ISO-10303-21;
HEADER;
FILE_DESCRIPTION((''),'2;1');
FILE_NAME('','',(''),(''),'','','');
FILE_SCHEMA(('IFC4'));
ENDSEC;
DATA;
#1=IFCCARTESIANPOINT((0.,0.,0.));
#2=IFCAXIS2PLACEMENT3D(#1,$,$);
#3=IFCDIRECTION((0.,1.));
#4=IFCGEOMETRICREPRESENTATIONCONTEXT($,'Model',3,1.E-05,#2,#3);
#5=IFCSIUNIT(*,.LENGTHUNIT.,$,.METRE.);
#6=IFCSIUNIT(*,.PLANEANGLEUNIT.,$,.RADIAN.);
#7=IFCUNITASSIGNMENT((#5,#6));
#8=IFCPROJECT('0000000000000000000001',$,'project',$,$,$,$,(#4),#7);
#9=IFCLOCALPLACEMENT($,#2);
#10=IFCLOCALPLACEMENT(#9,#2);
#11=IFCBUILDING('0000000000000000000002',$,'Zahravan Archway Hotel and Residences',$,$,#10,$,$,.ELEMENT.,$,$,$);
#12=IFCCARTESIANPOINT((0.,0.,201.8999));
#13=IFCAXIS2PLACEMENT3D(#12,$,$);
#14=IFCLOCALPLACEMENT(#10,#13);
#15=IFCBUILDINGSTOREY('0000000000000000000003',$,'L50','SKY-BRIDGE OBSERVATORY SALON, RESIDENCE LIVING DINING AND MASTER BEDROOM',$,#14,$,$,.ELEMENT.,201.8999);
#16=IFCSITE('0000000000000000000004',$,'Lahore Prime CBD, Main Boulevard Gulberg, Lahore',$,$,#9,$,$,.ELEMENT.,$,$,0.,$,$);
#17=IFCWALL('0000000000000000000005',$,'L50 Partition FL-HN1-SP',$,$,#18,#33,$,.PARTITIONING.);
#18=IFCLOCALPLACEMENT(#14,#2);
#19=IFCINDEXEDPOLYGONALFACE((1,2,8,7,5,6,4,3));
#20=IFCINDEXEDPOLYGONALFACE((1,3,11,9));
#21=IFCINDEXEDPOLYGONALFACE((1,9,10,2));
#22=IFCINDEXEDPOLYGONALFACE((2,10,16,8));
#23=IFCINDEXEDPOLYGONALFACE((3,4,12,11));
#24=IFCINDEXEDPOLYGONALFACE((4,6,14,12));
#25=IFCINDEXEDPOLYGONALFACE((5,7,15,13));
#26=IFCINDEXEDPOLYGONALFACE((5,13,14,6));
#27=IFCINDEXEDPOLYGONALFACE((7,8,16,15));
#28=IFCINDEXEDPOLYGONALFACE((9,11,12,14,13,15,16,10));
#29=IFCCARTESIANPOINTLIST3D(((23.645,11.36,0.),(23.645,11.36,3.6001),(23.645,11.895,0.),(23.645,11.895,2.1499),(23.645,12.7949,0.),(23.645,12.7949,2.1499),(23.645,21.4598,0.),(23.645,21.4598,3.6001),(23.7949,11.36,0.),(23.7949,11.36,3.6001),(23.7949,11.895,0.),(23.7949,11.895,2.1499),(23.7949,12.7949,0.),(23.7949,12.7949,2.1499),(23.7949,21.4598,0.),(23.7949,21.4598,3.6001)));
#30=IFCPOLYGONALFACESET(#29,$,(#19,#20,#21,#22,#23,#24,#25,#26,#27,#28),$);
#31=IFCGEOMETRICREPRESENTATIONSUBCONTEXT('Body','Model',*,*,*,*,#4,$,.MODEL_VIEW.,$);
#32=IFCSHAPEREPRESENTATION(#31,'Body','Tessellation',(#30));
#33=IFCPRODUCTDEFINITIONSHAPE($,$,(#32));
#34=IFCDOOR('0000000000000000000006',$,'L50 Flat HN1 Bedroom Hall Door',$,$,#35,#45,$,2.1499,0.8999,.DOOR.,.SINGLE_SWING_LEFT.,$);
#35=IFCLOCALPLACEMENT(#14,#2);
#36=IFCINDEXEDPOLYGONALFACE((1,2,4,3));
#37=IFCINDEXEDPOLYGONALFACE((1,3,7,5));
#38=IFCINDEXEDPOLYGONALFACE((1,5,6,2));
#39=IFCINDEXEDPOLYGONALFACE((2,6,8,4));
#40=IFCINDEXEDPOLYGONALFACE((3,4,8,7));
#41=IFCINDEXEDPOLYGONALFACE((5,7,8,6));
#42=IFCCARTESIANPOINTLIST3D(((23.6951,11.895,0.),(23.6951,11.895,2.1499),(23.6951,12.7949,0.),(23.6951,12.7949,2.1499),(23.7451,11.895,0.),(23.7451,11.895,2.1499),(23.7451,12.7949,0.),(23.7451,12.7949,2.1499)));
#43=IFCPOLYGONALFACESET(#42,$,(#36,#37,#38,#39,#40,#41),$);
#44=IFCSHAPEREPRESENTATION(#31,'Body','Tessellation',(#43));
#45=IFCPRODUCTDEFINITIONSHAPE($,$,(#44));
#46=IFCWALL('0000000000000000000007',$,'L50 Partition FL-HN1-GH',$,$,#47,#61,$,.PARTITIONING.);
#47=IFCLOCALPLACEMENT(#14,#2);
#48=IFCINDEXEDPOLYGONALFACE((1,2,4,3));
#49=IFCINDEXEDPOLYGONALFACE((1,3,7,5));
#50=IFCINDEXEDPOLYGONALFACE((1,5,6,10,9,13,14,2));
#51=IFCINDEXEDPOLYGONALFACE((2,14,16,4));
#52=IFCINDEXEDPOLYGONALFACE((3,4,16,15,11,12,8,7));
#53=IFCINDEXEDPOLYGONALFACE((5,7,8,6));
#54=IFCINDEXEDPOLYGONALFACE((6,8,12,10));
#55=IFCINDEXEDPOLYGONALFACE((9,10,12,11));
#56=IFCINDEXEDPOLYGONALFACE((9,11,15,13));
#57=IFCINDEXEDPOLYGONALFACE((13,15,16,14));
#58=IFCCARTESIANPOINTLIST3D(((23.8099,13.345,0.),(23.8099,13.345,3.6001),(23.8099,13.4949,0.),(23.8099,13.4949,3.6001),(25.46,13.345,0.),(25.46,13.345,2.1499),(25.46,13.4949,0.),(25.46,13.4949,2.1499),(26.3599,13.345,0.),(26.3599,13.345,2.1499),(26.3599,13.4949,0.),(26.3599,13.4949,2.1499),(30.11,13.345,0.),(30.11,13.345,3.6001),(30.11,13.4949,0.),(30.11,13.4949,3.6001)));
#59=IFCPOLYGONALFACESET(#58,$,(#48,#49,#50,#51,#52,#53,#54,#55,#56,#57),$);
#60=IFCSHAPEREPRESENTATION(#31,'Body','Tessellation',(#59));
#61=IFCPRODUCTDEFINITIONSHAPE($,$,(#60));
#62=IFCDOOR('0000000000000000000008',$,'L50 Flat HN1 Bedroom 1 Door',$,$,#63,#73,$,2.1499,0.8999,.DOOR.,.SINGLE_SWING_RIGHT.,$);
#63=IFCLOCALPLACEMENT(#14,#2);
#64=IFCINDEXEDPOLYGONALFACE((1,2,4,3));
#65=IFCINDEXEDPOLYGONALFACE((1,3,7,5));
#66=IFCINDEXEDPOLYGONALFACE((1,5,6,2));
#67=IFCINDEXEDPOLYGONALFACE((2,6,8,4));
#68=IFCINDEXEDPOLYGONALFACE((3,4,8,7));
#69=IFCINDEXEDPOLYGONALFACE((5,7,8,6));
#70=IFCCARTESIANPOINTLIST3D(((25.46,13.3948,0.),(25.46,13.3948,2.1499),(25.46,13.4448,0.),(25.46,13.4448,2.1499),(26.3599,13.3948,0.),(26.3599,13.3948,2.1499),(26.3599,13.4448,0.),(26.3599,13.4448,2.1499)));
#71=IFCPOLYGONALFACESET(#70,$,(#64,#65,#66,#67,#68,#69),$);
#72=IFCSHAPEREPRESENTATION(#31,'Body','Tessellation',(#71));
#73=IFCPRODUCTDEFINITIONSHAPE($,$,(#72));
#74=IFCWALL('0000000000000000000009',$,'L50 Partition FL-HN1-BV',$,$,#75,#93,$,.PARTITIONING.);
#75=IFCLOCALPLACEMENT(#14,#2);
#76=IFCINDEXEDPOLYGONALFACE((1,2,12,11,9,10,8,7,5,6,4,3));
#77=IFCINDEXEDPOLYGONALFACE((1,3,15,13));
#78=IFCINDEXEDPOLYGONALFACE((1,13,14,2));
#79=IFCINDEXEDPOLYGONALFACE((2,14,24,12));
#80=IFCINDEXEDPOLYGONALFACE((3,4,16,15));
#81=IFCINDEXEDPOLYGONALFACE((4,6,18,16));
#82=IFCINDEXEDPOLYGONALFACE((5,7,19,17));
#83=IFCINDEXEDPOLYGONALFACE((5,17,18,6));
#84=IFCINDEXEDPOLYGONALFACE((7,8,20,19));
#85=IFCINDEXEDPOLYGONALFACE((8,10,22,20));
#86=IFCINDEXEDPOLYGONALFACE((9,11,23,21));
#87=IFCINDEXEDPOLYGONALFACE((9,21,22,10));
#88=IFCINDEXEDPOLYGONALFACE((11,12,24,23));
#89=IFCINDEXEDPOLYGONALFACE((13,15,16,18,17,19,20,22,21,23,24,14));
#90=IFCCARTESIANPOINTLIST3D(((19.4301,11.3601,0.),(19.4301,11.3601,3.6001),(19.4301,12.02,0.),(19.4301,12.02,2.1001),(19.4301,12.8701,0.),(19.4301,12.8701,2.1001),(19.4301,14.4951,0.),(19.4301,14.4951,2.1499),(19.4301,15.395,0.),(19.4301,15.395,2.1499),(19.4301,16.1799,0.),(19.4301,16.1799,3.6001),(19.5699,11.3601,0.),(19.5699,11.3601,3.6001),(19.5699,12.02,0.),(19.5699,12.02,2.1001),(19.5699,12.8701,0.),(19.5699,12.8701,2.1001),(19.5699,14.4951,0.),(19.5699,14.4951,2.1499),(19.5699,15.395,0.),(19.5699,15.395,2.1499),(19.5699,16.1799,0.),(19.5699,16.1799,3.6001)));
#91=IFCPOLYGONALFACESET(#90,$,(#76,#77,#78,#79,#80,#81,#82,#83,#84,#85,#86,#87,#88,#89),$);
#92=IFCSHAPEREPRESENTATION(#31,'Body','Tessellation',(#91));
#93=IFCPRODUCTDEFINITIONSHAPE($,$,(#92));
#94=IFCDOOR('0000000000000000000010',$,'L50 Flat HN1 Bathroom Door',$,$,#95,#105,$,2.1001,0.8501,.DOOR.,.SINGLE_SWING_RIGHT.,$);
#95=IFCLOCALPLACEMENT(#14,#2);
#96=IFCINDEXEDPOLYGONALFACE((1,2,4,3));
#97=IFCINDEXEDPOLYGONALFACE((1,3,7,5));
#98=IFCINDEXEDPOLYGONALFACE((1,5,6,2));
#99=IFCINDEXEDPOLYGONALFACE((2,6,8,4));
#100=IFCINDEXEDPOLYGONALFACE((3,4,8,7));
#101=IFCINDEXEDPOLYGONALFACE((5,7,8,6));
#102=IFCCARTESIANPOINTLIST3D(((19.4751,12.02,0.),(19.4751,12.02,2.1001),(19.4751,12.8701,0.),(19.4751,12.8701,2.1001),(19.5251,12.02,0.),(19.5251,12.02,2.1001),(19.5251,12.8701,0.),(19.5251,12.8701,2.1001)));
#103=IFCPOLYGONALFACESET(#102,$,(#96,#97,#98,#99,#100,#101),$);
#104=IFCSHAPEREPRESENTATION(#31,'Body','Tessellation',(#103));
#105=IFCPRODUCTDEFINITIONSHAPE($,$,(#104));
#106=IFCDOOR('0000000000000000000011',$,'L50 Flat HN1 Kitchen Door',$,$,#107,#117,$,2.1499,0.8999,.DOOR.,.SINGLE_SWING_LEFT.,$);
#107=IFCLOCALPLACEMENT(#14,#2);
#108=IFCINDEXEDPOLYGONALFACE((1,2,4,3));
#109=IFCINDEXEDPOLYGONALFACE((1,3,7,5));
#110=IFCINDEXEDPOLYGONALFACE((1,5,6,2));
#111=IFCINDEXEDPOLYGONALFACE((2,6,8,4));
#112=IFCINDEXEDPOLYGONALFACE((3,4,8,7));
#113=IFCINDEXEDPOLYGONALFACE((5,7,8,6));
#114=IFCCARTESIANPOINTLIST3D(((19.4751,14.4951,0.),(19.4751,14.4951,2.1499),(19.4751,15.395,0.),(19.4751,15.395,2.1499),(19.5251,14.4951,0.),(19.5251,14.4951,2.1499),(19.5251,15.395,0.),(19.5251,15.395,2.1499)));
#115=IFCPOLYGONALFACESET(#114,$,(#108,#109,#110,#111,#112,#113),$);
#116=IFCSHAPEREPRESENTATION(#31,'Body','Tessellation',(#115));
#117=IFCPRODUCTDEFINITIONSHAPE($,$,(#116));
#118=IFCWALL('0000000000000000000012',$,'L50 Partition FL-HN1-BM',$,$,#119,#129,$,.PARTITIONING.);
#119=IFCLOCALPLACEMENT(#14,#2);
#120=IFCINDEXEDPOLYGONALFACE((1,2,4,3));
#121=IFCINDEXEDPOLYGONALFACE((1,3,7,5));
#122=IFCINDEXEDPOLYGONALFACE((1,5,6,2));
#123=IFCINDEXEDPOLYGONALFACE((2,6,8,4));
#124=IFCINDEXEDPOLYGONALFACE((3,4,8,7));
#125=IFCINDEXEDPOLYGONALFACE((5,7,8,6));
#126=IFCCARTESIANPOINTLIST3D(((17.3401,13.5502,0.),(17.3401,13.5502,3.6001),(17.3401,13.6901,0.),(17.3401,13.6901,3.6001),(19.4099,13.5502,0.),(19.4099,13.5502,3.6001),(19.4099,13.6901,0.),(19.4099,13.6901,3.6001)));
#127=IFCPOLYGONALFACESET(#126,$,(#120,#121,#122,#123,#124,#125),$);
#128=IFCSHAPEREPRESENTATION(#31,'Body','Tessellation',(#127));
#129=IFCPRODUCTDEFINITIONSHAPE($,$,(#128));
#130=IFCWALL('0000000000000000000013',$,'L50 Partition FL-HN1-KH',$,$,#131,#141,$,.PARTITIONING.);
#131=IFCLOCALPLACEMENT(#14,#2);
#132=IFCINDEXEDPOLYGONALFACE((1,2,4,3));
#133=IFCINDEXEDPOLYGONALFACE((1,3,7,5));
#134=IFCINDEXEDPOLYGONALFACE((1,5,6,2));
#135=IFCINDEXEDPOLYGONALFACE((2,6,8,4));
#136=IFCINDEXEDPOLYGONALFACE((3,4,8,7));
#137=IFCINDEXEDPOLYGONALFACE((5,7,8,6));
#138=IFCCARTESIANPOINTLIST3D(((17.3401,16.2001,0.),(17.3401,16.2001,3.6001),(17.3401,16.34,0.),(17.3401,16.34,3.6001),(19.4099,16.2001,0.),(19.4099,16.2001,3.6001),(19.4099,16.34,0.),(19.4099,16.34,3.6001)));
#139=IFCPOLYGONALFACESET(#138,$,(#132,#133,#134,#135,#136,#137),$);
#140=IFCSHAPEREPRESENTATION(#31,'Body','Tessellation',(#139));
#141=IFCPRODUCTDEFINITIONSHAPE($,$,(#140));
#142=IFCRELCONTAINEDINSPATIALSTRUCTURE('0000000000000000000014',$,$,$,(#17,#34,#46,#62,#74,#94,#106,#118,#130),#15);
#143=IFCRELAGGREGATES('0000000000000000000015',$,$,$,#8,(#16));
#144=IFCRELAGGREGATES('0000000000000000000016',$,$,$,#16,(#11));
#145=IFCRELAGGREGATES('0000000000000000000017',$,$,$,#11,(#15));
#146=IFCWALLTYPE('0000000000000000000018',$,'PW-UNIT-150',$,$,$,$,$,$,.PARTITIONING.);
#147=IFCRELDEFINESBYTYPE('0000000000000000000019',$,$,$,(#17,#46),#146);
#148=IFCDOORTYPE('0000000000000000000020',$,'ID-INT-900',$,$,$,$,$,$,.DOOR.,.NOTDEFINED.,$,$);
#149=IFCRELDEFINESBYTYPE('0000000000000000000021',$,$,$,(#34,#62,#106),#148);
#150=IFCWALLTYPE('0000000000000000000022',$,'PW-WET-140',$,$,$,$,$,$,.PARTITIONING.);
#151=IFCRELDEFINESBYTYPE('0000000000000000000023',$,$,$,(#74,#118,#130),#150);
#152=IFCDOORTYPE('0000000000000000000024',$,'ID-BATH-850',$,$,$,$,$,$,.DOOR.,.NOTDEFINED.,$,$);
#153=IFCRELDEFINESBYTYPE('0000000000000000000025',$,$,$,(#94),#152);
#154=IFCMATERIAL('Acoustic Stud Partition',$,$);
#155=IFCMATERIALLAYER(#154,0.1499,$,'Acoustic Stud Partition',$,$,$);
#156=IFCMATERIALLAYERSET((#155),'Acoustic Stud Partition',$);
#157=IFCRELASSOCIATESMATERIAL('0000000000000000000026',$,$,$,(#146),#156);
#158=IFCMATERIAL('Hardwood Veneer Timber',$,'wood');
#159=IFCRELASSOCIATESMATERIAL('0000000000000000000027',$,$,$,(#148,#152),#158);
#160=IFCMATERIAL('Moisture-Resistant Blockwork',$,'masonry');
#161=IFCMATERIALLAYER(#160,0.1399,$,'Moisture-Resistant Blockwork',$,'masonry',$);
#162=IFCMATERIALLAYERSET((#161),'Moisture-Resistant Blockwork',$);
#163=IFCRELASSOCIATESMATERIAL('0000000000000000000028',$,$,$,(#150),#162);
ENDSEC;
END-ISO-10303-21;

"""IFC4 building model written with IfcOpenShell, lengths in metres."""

from ifc_helpers import new_model, si_unit, direction, frame, frame_2d, origin, place, context, subcontext, project, spatial, rectangle, extrude, source, transform, mapped, material, layer, layer_set, type_object, type_shapes, element, fill, save


model = new_model("IFC4")

# Units and contexts
model_context = context("Model", 3, precision=1e-05, world=origin(), true_north=direction((0.0, 1.0)))
body_context = subcontext(model_context, "Body", "Model", "MODEL_VIEW")
ifc_project = project(units=[si_unit("LENGTHUNIT", "METRE"), si_unit("PLANEANGLEUNIT", "RADIAN")], contexts=[model_context])

# Site, building, storey
site_placement = place(None, origin())
site = spatial("IfcSite", under=ifc_project, at=site_placement, Name="Lahore Prime CBD, Main Boulevard Gulberg, Lahore", CompositionType="ELEMENT", RefElevation=0.0)
building_placement = place(site_placement, origin())
building = spatial("IfcBuilding", under=site, at=building_placement, Name="Zahravan Archway Hotel and Residences", CompositionType="ELEMENT")
storey_placement = place(building_placement, frame((0.0, 0.0, 201.8999)))
storey = spatial("IfcBuildingStorey", under=building, at=storey_placement, Name="L50", Description="SKY-BRIDGE OBSERVATORY SALON, RESIDENCE LIVING DINING AND MASTER BEDROOM", CompositionType="ELEMENT", Elevation=201.8999)

# Walls, openings, doors
ifc_material_1 = material(Name="Acoustic Stud Partition")
ifc_layer_1 = layer(ifc_material_1, 0.1499, Name="Acoustic Stud Partition")
ifc_layer_set_1 = layer_set([ifc_layer_1], Name="Acoustic Stud Partition")
wall_type_1 = type_object("IfcWallType", Name="PW-UNIT-150", PredefinedType="PARTITIONING", material=ifc_layer_set_1)
wall_1_placement = place(storey_placement, frame((23.72, 11.3601, 0.0), z_axis=(0.0, 0.0, 1.0), x_axis=(0.0, 1.0, 0.0)))
wall_1 = element("IfcWall", 1, at=wall_1_placement, inside=storey, type_object=wall_type_1, Name="L50 Partition FL-HN1-SP", PredefinedType="PARTITIONING", context=body_context, shape_type="SweptSolid", body=[
    extrude(rectangle(XDim=10.0999, YDim=0.1499, at=frame_2d((5.0498, 0.0))), origin(), (0.0, 0.0, 1.0), 3.6001),
])
opening_1_placement = place(wall_1_placement, frame((0.5349, 0.0, 0.0)))
opening_1 = element("IfcOpeningElement", 2, at=opening_1_placement, cuts=wall_1, PredefinedType="OPENING", context=body_context, shape_type="SweptSolid", body=[
    extrude(rectangle(XDim=0.8999, YDim=2.1499, at=frame_2d((0.45, 1.075))), frame((0.0, 0.085, 0.0), z_axis=(0.0, -1.0, 0.0), x_axis=(1.0, 0.0, 0.0)), (0.0, 0.0, 1.0), 0.1699),
])
ifc_material_2 = material(Name="Hardwood Veneer Timber", Category="wood")
door_type_1 = type_object("IfcDoorType", Name="ID-INT-900", OperationType="NOTDEFINED", PredefinedType="DOOR", material=ifc_material_2)
shared_shape_1 = source(origin(), body_context, "Body", "SweptSolid", [
    extrude(rectangle(XDim=0.8999, YDim=2.1499, at=frame_2d((0.45, 1.075))), frame((0.0, 0.0249, 0.0), z_axis=(0.0, -1.0, 0.0), x_axis=(1.0, 0.0, 0.0)), (0.0, 0.0, 1.0), 0.05),
])
type_shapes(door_type_1, [shared_shape_1])
door_1_placement = place(opening_1_placement, origin())
door_1 = element("IfcDoor", 3, at=door_1_placement, inside=storey, type_object=door_type_1, Name="L50 Flat HN1 Bedroom Hall Door", OperationType="SINGLE_SWING_LEFT", OverallHeight=2.1499, OverallWidth=0.8999, PredefinedType="DOOR", context=body_context, shape_type="MappedRepresentation", body=[
    mapped(shared_shape_1, transform((0.0, 0.0, 0.0), scale=1.0)),
])
fill(opening_1, door_1)
wall_2_placement = place(storey_placement, frame((23.8101, 13.4199, 0.0), z_axis=(0.0, 0.0, 1.0), x_axis=(1.0, 0.0, 0.0)))
wall_2 = element("IfcWall", 4, at=wall_2_placement, inside=storey, type_object=wall_type_1, Name="L50 Partition FL-HN1-GH", PredefinedType="PARTITIONING", context=body_context, shape_type="SweptSolid", body=[
    extrude(rectangle(XDim=6.3, YDim=0.1499, at=frame_2d((3.1499, 0.0))), origin(), (0.0, 0.0, 1.0), 3.6001),
])
opening_2_placement = place(wall_2_placement, frame((1.6499, 0.0, 0.0)))
opening_2 = element("IfcOpeningElement", 5, at=opening_2_placement, cuts=wall_2, PredefinedType="OPENING", context=body_context, shape_type="SweptSolid", body=[
    extrude(rectangle(XDim=0.8999, YDim=2.1499, at=frame_2d((0.45, 1.075))), frame((0.0, 0.085, 0.0), z_axis=(0.0, -1.0, 0.0), x_axis=(1.0, 0.0, 0.0)), (0.0, 0.0, 1.0), 0.1699),
])
door_2_placement = place(opening_2_placement, origin())
door_2 = element("IfcDoor", 6, at=door_2_placement, inside=storey, type_object=door_type_1, Name="L50 Flat HN1 Bedroom 1 Door", OperationType="SINGLE_SWING_RIGHT", OverallHeight=2.1499, OverallWidth=0.8999, PredefinedType="DOOR", context=body_context, shape_type="MappedRepresentation", body=[
    mapped(shared_shape_1, transform((0.0, 0.0, 0.0), scale=1.0)),
])
fill(opening_2, door_2)

# Wall, openings, doors
ifc_material_3 = material(Name="Moisture-Resistant Blockwork", Category="masonry")
ifc_layer_2 = layer(ifc_material_3, 0.1399, Name="Moisture-Resistant Blockwork", Category="masonry")
ifc_layer_set_2 = layer_set([ifc_layer_2], Name="Moisture-Resistant Blockwork")
wall_type_2 = type_object("IfcWallType", Name="PW-WET-140", PredefinedType="PARTITIONING", material=ifc_layer_set_2)
wall_3_placement = place(storey_placement, frame((19.5, 11.3601, 0.0), z_axis=(0.0, 0.0, 1.0), x_axis=(0.0, 1.0, 0.0)))
wall_3 = element("IfcWall", 7, at=wall_3_placement, inside=storey, type_object=wall_type_2, Name="L50 Partition FL-HN1-BV", PredefinedType="PARTITIONING", context=body_context, shape_type="SweptSolid", body=[
    extrude(rectangle(XDim=4.8198, YDim=0.1399, at=frame_2d((2.4099, 0.0))), origin(), (0.0, 0.0, 1.0), 3.6001),
])
opening_3_placement = place(wall_3_placement, frame((0.6599, 0.0, 0.0)))
opening_3 = element("IfcOpeningElement", 8, at=opening_3_placement, cuts=wall_3, PredefinedType="OPENING", context=body_context, shape_type="SweptSolid", body=[
    extrude(rectangle(XDim=0.8501, YDim=2.1001, at=frame_2d((0.425, 1.05))), frame((0.0, 0.0801, 0.0), z_axis=(0.0, -1.0, 0.0), x_axis=(1.0, 0.0, 0.0)), (0.0, 0.0, 1.0), 0.1599),
])
opening_4_placement = place(wall_3_placement, frame((3.135, 0.0, 0.0)))
opening_4 = element("IfcOpeningElement", 9, at=opening_4_placement, cuts=wall_3, PredefinedType="OPENING", context=body_context, shape_type="SweptSolid", body=[
    extrude(rectangle(XDim=0.8999, YDim=2.1499, at=frame_2d((0.45, 1.075))), frame((0.0, 0.0801, 0.0), z_axis=(0.0, -1.0, 0.0), x_axis=(1.0, 0.0, 0.0)), (0.0, 0.0, 1.0), 0.1599),
])
door_type_2 = type_object("IfcDoorType", Name="ID-BATH-850", OperationType="NOTDEFINED", PredefinedType="DOOR", material=ifc_material_2)
shared_shape_2 = source(origin(), body_context, "Body", "SweptSolid", [
    extrude(rectangle(XDim=0.8501, YDim=2.1001, at=frame_2d((0.425, 1.05))), frame((0.0, 0.0249, 0.0), z_axis=(0.0, -1.0, 0.0), x_axis=(1.0, 0.0, 0.0)), (0.0, 0.0, 1.0), 0.05),
])
type_shapes(door_type_2, [shared_shape_2])
door_3_placement = place(opening_3_placement, origin())
door_3 = element("IfcDoor", 10, at=door_3_placement, inside=storey, type_object=door_type_2, Name="L50 Flat HN1 Bathroom Door", OperationType="SINGLE_SWING_RIGHT", OverallHeight=2.1001, OverallWidth=0.8501, PredefinedType="DOOR", context=body_context, shape_type="MappedRepresentation", body=[
    mapped(shared_shape_2, transform((0.0, 0.0, 0.0), scale=1.0)),
])
fill(opening_3, door_3)
door_4_placement = place(opening_4_placement, origin())
door_4 = element("IfcDoor", 11, at=door_4_placement, inside=storey, type_object=door_type_1, Name="L50 Flat HN1 Kitchen Door", OperationType="SINGLE_SWING_LEFT", OverallHeight=2.1499, OverallWidth=0.8999, PredefinedType="DOOR", context=body_context, shape_type="MappedRepresentation", body=[
    mapped(shared_shape_1, transform((0.0, 0.0, 0.0), scale=1.0)),
])
fill(opening_4, door_4)

# Walls
for number, where, z_axis, x_axis, name in (
    (12, (17.3401, 13.6201, 0.0), (0.0, 0.0, 1.0), (1.0, 0.0, 0.0), "L50 Partition FL-HN1-BM"),
    (13, (17.3401, 16.27, 0.0), (0.0, 0.0, 1.0), (1.0, 0.0, 0.0), "L50 Partition FL-HN1-KH"),
):
    element("IfcWall", number, at=place(storey_placement, frame(where, z_axis=z_axis, x_axis=x_axis)), inside=storey, type_object=wall_type_2, Name=name, PredefinedType="PARTITIONING", context=body_context, shape_type="SweptSolid", body=[
        extrude(rectangle(XDim=2.0698, YDim=0.1399, at=frame_2d((1.0349, 0.0))), origin(), (0.0, 0.0, 1.0), 3.6001),
    ])

save(model, "model.ifc")
